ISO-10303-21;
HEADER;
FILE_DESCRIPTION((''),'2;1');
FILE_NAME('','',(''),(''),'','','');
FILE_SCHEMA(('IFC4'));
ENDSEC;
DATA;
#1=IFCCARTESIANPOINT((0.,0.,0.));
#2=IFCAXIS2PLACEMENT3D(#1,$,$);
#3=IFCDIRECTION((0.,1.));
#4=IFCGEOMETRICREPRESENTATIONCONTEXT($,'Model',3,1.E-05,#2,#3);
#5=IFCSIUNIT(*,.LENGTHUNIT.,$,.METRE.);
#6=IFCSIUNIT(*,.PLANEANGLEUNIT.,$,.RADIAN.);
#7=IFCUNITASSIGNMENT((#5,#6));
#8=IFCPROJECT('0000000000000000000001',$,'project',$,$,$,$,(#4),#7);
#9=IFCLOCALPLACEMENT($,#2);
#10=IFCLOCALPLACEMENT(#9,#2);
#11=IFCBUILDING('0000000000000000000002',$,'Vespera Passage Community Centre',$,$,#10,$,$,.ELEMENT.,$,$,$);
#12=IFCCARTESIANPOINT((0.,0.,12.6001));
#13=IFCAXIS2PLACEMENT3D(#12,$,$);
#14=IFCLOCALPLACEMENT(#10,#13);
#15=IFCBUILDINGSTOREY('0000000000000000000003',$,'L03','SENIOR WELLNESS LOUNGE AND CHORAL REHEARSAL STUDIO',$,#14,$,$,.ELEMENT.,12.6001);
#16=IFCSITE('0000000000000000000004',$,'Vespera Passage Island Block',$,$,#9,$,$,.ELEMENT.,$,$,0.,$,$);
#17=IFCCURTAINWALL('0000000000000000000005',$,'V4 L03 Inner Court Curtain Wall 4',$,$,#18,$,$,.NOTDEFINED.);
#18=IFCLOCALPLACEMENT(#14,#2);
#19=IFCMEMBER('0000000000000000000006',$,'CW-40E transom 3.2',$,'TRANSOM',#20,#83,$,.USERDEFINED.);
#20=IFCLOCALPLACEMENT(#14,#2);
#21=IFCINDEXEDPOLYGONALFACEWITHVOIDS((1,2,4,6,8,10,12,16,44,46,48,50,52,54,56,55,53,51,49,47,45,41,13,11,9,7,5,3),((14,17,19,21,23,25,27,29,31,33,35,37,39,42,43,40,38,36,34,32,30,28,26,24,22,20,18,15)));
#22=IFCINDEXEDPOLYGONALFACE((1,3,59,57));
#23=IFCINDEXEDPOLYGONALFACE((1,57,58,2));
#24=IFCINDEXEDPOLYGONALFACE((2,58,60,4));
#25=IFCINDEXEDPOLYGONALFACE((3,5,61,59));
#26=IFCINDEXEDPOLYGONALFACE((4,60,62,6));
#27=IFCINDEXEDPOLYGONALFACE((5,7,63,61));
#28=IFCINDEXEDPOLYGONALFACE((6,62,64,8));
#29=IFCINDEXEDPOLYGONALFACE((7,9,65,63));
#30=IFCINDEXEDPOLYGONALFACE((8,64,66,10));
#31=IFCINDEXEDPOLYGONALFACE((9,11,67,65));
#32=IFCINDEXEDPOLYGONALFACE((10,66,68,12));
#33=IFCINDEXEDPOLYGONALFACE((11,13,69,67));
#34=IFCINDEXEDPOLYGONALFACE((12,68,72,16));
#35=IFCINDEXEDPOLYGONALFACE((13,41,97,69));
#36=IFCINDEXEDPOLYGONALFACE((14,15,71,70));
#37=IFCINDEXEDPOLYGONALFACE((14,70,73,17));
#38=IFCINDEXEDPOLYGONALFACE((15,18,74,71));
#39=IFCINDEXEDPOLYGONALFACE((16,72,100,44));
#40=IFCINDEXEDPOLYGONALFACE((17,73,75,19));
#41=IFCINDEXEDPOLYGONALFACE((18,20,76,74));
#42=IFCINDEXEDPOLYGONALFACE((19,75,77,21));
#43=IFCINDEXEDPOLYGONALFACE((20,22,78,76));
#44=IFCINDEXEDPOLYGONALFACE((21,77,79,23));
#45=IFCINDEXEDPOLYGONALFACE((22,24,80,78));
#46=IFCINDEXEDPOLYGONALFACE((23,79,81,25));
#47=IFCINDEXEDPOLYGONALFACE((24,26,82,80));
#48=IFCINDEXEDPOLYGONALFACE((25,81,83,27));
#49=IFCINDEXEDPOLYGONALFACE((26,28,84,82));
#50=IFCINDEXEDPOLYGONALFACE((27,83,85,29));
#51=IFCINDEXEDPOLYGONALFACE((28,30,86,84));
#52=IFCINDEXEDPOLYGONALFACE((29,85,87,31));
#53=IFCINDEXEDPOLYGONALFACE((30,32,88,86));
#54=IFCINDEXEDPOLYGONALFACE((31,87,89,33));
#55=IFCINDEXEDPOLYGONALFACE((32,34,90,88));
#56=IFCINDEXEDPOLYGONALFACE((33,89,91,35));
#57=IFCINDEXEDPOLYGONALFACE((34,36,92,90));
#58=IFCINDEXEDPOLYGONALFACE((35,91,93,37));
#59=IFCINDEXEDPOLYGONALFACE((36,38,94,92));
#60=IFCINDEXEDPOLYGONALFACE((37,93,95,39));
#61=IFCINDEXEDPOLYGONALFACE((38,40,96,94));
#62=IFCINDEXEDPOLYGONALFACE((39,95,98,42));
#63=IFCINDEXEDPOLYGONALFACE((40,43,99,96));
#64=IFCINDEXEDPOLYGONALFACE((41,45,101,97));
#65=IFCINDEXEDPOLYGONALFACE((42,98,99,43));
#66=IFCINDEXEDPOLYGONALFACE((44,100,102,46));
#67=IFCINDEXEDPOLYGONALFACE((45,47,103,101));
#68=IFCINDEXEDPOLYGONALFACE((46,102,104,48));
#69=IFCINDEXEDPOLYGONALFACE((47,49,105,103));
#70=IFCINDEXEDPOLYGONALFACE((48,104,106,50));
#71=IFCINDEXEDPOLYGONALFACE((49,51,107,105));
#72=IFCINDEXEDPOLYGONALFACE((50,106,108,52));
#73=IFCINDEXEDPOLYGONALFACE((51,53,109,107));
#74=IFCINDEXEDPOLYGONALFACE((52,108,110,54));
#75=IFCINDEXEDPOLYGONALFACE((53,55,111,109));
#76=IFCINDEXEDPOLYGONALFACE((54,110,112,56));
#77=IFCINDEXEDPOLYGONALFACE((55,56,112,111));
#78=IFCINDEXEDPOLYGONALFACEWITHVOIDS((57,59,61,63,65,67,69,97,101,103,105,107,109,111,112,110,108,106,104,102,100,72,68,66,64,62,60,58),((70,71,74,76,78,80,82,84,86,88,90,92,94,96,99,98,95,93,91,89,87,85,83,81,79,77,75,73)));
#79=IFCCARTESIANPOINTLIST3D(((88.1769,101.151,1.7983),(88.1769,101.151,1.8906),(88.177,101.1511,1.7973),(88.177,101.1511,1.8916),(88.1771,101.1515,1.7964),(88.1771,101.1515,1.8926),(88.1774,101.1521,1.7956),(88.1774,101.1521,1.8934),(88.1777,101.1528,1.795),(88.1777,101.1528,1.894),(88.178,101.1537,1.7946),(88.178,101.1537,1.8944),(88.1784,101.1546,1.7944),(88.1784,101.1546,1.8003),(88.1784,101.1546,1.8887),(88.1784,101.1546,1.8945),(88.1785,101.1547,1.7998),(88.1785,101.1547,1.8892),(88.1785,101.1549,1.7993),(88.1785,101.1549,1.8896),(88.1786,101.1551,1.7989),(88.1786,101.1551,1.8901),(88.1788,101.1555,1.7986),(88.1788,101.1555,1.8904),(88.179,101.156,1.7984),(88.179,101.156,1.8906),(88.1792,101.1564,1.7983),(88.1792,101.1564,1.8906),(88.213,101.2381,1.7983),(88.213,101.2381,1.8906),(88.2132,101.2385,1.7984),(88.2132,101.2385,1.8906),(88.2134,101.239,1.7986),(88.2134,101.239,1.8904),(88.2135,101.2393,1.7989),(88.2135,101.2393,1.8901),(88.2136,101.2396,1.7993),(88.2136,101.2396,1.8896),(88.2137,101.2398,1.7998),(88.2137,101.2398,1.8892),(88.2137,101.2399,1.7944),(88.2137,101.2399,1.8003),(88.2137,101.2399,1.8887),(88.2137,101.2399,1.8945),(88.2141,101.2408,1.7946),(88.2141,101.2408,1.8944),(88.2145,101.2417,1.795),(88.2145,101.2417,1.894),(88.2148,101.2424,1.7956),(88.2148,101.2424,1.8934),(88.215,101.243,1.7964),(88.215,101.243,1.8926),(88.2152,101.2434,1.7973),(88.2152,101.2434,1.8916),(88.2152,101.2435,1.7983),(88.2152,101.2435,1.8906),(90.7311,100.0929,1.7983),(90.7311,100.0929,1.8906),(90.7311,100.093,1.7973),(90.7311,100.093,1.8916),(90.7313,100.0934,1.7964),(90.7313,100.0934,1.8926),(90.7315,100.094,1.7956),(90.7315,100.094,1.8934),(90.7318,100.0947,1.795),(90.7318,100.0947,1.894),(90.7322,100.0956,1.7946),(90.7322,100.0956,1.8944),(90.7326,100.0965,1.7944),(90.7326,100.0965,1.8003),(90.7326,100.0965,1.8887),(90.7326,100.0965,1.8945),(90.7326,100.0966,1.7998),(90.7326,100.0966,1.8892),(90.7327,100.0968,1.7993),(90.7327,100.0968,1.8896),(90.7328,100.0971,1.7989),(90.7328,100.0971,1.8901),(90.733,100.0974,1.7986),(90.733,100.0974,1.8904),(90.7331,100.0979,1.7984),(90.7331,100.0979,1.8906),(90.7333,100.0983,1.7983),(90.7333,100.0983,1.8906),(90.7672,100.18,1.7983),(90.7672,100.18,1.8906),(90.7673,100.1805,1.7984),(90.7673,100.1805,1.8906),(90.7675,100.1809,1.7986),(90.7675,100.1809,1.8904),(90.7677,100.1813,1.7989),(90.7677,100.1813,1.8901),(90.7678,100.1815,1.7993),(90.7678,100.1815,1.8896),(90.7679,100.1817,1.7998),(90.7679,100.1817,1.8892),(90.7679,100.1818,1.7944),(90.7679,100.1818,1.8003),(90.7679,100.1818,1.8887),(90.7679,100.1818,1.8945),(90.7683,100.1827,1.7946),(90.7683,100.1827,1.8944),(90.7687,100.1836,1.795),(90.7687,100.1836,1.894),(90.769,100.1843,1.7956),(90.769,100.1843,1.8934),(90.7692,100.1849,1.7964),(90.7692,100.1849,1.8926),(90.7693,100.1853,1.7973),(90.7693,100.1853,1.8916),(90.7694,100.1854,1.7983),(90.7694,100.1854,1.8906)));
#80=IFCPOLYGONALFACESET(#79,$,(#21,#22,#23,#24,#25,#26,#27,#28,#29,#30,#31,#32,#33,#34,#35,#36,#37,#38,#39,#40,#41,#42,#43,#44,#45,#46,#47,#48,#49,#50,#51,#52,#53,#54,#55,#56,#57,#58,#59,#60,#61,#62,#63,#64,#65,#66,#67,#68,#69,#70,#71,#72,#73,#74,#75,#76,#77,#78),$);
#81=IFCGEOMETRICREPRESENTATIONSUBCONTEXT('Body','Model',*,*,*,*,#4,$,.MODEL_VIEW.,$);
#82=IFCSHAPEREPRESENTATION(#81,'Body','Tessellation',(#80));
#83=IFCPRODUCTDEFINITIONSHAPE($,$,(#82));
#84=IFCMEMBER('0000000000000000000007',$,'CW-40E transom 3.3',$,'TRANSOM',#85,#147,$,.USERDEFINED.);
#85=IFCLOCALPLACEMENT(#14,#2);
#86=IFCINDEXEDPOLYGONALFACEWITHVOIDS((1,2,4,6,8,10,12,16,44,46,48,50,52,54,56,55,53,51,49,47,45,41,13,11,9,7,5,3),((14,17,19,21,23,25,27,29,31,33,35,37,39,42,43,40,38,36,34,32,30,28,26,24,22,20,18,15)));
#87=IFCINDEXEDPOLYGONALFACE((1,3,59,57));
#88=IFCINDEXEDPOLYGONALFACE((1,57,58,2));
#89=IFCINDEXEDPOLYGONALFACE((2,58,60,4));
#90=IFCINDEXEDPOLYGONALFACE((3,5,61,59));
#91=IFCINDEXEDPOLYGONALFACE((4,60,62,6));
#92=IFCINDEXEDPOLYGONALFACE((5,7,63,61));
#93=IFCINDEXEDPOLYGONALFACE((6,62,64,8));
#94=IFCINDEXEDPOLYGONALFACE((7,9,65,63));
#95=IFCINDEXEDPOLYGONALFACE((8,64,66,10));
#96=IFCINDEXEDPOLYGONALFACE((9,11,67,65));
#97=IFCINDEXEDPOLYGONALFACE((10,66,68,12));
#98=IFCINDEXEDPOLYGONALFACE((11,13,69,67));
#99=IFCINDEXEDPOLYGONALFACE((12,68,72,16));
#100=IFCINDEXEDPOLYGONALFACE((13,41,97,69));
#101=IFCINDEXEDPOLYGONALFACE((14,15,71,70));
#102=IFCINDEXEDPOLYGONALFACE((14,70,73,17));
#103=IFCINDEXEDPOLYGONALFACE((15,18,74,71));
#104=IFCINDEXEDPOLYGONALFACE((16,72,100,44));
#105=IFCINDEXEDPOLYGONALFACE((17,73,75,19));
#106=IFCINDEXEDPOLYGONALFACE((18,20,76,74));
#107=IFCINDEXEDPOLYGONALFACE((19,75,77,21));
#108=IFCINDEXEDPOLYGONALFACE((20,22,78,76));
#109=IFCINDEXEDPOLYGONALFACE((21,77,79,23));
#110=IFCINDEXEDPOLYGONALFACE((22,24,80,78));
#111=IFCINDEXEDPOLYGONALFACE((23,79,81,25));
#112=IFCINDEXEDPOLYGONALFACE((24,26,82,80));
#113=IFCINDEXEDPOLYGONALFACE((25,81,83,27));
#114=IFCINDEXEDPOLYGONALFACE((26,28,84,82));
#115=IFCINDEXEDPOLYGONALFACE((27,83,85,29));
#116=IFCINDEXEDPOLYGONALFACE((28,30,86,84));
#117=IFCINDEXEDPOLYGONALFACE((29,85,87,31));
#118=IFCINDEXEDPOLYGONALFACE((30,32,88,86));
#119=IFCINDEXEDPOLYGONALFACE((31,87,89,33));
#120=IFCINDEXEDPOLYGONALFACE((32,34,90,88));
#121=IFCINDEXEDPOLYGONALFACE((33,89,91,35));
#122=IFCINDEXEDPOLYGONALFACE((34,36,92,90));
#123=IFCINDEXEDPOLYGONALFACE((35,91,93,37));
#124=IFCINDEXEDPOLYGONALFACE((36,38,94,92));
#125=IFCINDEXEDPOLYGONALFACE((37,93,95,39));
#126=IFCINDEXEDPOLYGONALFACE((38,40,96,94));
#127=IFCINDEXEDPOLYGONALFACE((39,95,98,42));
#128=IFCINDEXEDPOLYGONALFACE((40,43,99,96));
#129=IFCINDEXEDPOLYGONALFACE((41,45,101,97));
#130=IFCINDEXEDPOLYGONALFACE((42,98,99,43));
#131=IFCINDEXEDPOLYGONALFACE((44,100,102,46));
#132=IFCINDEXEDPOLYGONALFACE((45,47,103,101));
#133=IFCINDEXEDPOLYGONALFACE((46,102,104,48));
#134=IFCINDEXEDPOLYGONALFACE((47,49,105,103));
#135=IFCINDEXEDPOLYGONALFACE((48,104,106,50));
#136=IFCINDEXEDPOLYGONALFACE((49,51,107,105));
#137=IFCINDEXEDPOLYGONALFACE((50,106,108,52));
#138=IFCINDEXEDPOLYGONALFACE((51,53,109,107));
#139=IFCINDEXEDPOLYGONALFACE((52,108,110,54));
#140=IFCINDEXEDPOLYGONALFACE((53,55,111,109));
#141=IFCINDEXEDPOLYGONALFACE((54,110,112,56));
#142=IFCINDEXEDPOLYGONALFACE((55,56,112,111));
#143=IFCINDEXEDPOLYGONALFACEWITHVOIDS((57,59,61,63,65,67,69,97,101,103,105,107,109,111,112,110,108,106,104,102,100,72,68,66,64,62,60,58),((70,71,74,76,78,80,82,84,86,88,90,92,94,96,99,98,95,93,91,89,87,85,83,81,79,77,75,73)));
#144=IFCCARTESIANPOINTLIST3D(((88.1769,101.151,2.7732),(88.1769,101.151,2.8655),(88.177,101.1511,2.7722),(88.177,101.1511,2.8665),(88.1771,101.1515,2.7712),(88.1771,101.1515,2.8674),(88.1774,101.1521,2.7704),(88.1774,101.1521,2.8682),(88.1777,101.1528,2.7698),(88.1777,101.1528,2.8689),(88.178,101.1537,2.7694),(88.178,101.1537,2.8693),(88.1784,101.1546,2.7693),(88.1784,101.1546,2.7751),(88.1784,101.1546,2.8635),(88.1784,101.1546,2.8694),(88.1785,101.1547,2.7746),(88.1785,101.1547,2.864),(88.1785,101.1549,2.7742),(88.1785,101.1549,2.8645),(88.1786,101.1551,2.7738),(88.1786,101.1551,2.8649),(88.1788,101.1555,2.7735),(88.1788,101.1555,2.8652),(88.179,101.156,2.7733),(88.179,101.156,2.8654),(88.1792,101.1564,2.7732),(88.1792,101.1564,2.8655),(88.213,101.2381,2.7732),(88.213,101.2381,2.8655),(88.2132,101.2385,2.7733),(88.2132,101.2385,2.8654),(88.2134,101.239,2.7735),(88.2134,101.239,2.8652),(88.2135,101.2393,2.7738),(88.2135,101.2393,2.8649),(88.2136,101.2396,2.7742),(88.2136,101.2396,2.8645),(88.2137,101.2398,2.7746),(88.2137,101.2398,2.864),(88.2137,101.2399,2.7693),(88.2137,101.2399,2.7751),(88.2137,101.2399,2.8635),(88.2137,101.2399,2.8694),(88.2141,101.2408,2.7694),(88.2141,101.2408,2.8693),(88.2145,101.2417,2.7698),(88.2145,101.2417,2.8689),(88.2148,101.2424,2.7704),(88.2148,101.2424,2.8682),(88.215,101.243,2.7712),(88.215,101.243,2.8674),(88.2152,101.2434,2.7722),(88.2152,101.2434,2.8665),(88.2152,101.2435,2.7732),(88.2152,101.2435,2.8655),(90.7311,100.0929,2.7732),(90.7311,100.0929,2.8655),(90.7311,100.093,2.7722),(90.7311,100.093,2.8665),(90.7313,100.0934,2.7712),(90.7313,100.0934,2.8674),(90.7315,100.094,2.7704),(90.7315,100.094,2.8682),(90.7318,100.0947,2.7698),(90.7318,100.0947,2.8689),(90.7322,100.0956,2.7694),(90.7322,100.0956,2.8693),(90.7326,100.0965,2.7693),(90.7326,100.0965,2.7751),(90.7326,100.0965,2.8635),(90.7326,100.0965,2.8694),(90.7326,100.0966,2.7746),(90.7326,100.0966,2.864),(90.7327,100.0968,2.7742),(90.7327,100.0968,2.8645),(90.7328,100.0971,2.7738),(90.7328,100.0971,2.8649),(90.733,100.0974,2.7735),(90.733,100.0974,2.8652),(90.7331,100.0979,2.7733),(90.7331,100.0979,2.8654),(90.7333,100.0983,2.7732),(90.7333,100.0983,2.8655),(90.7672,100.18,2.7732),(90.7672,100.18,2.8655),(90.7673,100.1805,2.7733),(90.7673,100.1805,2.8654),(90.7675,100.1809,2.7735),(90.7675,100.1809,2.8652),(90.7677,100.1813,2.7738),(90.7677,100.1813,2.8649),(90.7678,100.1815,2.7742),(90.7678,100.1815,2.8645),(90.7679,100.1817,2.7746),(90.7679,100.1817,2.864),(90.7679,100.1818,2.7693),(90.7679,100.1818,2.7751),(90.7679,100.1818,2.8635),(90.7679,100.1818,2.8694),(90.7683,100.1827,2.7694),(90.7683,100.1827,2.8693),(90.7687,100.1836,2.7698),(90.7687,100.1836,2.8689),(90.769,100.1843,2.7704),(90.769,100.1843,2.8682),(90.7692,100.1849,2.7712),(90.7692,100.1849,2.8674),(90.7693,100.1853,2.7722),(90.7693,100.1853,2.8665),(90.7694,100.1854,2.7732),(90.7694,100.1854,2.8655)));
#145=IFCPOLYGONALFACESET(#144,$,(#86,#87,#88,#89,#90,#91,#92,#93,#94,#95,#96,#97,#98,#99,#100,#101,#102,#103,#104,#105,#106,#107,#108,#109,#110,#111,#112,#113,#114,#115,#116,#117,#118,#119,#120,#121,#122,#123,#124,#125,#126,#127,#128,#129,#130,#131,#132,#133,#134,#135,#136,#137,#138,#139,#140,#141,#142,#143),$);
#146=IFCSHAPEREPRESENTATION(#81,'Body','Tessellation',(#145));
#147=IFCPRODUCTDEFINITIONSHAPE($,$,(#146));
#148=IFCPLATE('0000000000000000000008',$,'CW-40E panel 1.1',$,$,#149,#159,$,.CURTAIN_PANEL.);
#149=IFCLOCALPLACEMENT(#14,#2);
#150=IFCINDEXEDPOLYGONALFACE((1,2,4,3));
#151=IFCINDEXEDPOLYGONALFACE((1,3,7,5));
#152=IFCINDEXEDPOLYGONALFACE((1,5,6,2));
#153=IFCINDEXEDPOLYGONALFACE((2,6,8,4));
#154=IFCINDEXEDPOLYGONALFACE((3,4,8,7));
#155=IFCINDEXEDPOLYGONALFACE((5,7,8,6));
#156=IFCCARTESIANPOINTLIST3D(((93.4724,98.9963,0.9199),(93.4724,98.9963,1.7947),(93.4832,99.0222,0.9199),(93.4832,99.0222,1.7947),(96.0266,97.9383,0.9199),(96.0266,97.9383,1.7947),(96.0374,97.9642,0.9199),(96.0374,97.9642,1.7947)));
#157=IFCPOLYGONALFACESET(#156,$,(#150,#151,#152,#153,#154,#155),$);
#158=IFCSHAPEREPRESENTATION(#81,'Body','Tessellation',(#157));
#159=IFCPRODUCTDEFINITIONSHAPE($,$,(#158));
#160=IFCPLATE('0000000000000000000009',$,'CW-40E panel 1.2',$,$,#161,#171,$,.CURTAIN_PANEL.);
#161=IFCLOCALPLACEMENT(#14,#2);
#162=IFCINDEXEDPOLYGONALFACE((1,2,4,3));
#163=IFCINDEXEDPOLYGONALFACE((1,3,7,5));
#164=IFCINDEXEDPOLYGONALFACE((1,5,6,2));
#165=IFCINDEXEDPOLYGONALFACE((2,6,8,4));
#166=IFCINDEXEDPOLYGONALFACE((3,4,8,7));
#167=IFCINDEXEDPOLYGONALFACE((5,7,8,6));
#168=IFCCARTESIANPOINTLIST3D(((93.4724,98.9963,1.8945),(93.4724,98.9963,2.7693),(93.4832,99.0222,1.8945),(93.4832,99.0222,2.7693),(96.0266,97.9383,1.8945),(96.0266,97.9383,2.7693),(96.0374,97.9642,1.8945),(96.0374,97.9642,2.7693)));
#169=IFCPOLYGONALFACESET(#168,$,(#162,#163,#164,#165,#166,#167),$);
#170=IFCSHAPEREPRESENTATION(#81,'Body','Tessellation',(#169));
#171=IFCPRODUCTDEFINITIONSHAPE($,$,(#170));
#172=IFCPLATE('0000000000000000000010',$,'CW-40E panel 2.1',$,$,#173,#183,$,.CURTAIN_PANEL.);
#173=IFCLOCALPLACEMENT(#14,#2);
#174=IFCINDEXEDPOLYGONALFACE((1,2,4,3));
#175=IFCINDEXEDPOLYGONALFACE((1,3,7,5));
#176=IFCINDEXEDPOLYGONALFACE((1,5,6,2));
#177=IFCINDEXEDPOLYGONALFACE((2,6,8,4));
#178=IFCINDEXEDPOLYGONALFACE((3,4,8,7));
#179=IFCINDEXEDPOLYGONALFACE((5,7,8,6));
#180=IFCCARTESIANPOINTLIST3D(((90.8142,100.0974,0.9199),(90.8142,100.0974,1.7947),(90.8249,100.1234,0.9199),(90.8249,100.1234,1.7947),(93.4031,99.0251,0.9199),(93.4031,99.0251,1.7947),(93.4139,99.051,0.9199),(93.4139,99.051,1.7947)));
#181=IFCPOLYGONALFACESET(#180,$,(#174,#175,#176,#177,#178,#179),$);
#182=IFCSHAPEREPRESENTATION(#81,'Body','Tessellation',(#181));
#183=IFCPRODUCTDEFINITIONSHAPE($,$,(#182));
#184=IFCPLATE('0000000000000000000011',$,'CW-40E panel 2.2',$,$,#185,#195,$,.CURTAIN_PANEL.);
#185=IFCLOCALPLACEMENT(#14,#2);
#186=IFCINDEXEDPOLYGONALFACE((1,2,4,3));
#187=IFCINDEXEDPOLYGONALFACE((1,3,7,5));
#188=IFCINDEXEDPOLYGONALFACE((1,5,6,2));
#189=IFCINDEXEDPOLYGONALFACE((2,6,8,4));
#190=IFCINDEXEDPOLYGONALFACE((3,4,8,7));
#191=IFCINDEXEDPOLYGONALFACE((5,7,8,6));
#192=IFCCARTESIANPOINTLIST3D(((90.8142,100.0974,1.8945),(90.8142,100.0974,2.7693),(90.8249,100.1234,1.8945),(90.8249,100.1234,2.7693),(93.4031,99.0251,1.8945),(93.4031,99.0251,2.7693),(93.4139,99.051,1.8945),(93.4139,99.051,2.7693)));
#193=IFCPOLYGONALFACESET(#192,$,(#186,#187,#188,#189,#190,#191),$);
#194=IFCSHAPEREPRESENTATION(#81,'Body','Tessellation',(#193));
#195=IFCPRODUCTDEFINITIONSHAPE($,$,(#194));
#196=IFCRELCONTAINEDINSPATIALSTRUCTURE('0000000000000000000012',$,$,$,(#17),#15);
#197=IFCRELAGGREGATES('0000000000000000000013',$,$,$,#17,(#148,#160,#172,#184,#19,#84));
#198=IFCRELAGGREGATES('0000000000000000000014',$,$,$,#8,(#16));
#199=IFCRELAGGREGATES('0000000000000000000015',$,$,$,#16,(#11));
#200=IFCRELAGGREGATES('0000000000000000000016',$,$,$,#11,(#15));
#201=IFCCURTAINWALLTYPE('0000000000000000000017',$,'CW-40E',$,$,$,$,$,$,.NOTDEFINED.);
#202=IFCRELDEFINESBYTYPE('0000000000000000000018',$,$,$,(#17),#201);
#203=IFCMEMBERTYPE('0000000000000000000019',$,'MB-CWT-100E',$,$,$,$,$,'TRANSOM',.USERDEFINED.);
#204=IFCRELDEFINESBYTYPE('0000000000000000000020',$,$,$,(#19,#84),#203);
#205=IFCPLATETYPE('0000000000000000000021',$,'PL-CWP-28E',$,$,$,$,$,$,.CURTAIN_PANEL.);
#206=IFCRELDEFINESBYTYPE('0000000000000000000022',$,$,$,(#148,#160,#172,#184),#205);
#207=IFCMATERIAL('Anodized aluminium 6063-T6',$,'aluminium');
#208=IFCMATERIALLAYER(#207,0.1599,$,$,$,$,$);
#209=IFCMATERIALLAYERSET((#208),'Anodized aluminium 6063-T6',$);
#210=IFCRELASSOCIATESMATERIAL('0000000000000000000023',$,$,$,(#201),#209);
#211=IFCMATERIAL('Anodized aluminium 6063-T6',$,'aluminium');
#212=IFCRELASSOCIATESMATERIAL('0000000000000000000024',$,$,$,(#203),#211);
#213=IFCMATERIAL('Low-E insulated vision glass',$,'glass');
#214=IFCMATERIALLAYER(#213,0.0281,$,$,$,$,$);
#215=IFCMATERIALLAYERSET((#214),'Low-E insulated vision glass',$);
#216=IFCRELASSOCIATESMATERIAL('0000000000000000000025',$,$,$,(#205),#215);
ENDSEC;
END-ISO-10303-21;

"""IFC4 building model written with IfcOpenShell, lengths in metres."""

from ifc_helpers import new_model, si_unit, direction, frame, origin, origin_2d, place, context, subcontext, project, spatial, rectangle, hollow_rectangle, extrude, material, layer, layer_set, material_profile, profile_set, type_object, element, aggregate, save


model = new_model("IFC4")

# Units and contexts
model_context = context("Model", 3, precision=1e-05, world=origin(), true_north=direction((0.0, 1.0)))
body_context = subcontext(model_context, "Body", "Model", "MODEL_VIEW")
ifc_project = project(units=[si_unit("LENGTHUNIT", "METRE"), si_unit("PLANEANGLEUNIT", "RADIAN")], contexts=[model_context])

# Site, building, storey
site_placement = place(None, origin())
site = spatial("IfcSite", under=ifc_project, at=site_placement, Name="Vespera Passage Island Block", CompositionType="ELEMENT", RefElevation=0.0)
building_placement = place(site_placement, origin())
building = spatial("IfcBuilding", under=site, at=building_placement, Name="Vespera Passage Community Centre", CompositionType="ELEMENT")
storey_placement = place(building_placement, frame((0.0, 0.0, 12.6001)))
storey = spatial("IfcBuildingStorey", under=building, at=storey_placement, Name="L03", Description="SENIOR WELLNESS LOUNGE AND CHORAL REHEARSAL STUDIO", CompositionType="ELEMENT", Elevation=12.6001)

# Curtain wall, members, plates
ifc_material_1 = material(Name="Anodized aluminium 6063-T6", Category="aluminium")
ifc_layer_1 = layer(ifc_material_1, 0.1599)
ifc_layer_set_1 = layer_set([ifc_layer_1], Name="Anodized aluminium 6063-T6")
curtain_wall_type = type_object("IfcCurtainWallType", Name="CW-40E", PredefinedType="NOTDEFINED", material=ifc_layer_set_1)
curtain_wall_placement = place(storey_placement, origin())
curtain_wall = element("IfcCurtainWall", 1, at=curtain_wall_placement, inside=storey, type_object=curtain_wall_type, Name="V4 L03 Inner Court Curtain Wall 4", PredefinedType="NOTDEFINED")
ifc_material_2 = material(Name="Anodized aluminium 6063-T6", Category="aluminium")
ifc_material_profile_1 = material_profile(ifc_material_2, hollow_rectangle(XDim=0.1001, YDim=0.1001, WallThickness=0.0039, InnerFilletRadius=0.002, OuterFilletRadius=0.0039, at=origin_2d()), Name="ALU100X100X4")
ifc_profile_set_1 = profile_set([ifc_material_profile_1], Name="Anodized aluminium 6063-T6")
member_type_1 = type_object("IfcMemberType", Name="MB-CWT-100E", ElementType="TRANSOM", PredefinedType="USERDEFINED", material=ifc_profile_set_1)
member_1_placement = place(storey_placement, frame((90.7502, 100.1392, 1.8445), z_axis=(-0.923864, 0.382721, 0.0), x_axis=(-0.382721, -0.923864, 0.0)))
member_1 = element("IfcMember", 2, at=member_1_placement, type_object=member_type_1, Name="CW-40E transom 3.2", ObjectType="TRANSOM", PredefinedType="USERDEFINED", context=body_context, shape_type="SweptSolid", body=[
    extrude(hollow_rectangle(XDim=0.1001, YDim=0.1001, WallThickness=0.0039, InnerFilletRadius=0.002, OuterFilletRadius=0.0039, at=origin_2d()), origin(), (0.0, 0.0, 1.0), 2.7646),
])
member_2_placement = place(storey_placement, frame((90.7502, 100.1392, 2.8193), z_axis=(-0.923864, 0.382721, 0.0), x_axis=(-0.382721, -0.923864, 0.0)))
member_2 = element("IfcMember", 3, at=member_2_placement, type_object=member_type_1, Name="CW-40E transom 3.3", ObjectType="TRANSOM", PredefinedType="USERDEFINED", context=body_context, shape_type="SweptSolid", body=[
    extrude(hollow_rectangle(XDim=0.1001, YDim=0.1001, WallThickness=0.0039, InnerFilletRadius=0.002, OuterFilletRadius=0.0039, at=origin_2d()), origin(), (0.0, 0.0, 1.0), 2.7646),
])
ifc_material_3 = material(Name="Low-E insulated vision glass", Category="glass")
ifc_layer_2 = layer(ifc_material_3, 0.0281)
ifc_layer_set_2 = layer_set([ifc_layer_2], Name="Low-E insulated vision glass")
plate_type = type_object("IfcPlateType", Name="PL-CWP-28E", PredefinedType="CURTAIN_PANEL", material=ifc_layer_set_2)
plate_1_placement = place(storey_placement, frame((94.7549, 98.4802, 0.9199), z_axis=(0.0, 0.0, 1.0), x_axis=(-0.923877, 0.38269, 0.0)))
plate_1 = element("IfcPlate", 4, at=plate_1_placement, type_object=plate_type, Name="CW-40E panel 1.1", PredefinedType="CURTAIN_PANEL", context=body_context, shape_type="SweptSolid", body=[
    extrude(rectangle(XDim=2.7646, YDim=0.0281, at=origin_2d()), origin(), (0.0, 0.0, 1.0), 0.8748),
])
plate_2_placement = place(storey_placement, frame((94.7549, 98.4802, 1.8945), z_axis=(0.0, 0.0, 1.0), x_axis=(-0.923877, 0.38269, 0.0)))
plate_2 = element("IfcPlate", 5, at=plate_2_placement, type_object=plate_type, Name="CW-40E panel 1.2", PredefinedType="CURTAIN_PANEL", context=body_context, shape_type="SweptSolid", body=[
    extrude(rectangle(XDim=2.7646, YDim=0.0281, at=origin_2d()), origin(), (0.0, 0.0, 1.0), 0.8748),
])
plate_3_placement = place(storey_placement, frame((92.114, 99.5742, 0.9199), z_axis=(0.0, 0.0, 1.0), x_axis=(-0.923877, 0.38269, 0.0)))
plate_3 = element("IfcPlate", 6, at=plate_3_placement, type_object=plate_type, Name="CW-40E panel 2.1", PredefinedType="CURTAIN_PANEL", context=body_context, shape_type="SweptSolid", body=[
    extrude(rectangle(XDim=2.8022, YDim=0.0281, at=origin_2d()), origin(), (0.0, 0.0, 1.0), 0.8748),
])
plate_4_placement = place(storey_placement, frame((92.114, 99.5742, 1.8945), z_axis=(0.0, 0.0, 1.0), x_axis=(-0.923877, 0.38269, 0.0)))
plate_4 = element("IfcPlate", 7, at=plate_4_placement, type_object=plate_type, Name="CW-40E panel 2.2", PredefinedType="CURTAIN_PANEL", context=body_context, shape_type="SweptSolid", body=[
    extrude(rectangle(XDim=2.8022, YDim=0.0281, at=origin_2d()), origin(), (0.0, 0.0, 1.0), 0.8748),
])
aggregate(curtain_wall, [plate_1, plate_2, plate_3, plate_4, member_1, member_2])

save(model, "model.ifc")
